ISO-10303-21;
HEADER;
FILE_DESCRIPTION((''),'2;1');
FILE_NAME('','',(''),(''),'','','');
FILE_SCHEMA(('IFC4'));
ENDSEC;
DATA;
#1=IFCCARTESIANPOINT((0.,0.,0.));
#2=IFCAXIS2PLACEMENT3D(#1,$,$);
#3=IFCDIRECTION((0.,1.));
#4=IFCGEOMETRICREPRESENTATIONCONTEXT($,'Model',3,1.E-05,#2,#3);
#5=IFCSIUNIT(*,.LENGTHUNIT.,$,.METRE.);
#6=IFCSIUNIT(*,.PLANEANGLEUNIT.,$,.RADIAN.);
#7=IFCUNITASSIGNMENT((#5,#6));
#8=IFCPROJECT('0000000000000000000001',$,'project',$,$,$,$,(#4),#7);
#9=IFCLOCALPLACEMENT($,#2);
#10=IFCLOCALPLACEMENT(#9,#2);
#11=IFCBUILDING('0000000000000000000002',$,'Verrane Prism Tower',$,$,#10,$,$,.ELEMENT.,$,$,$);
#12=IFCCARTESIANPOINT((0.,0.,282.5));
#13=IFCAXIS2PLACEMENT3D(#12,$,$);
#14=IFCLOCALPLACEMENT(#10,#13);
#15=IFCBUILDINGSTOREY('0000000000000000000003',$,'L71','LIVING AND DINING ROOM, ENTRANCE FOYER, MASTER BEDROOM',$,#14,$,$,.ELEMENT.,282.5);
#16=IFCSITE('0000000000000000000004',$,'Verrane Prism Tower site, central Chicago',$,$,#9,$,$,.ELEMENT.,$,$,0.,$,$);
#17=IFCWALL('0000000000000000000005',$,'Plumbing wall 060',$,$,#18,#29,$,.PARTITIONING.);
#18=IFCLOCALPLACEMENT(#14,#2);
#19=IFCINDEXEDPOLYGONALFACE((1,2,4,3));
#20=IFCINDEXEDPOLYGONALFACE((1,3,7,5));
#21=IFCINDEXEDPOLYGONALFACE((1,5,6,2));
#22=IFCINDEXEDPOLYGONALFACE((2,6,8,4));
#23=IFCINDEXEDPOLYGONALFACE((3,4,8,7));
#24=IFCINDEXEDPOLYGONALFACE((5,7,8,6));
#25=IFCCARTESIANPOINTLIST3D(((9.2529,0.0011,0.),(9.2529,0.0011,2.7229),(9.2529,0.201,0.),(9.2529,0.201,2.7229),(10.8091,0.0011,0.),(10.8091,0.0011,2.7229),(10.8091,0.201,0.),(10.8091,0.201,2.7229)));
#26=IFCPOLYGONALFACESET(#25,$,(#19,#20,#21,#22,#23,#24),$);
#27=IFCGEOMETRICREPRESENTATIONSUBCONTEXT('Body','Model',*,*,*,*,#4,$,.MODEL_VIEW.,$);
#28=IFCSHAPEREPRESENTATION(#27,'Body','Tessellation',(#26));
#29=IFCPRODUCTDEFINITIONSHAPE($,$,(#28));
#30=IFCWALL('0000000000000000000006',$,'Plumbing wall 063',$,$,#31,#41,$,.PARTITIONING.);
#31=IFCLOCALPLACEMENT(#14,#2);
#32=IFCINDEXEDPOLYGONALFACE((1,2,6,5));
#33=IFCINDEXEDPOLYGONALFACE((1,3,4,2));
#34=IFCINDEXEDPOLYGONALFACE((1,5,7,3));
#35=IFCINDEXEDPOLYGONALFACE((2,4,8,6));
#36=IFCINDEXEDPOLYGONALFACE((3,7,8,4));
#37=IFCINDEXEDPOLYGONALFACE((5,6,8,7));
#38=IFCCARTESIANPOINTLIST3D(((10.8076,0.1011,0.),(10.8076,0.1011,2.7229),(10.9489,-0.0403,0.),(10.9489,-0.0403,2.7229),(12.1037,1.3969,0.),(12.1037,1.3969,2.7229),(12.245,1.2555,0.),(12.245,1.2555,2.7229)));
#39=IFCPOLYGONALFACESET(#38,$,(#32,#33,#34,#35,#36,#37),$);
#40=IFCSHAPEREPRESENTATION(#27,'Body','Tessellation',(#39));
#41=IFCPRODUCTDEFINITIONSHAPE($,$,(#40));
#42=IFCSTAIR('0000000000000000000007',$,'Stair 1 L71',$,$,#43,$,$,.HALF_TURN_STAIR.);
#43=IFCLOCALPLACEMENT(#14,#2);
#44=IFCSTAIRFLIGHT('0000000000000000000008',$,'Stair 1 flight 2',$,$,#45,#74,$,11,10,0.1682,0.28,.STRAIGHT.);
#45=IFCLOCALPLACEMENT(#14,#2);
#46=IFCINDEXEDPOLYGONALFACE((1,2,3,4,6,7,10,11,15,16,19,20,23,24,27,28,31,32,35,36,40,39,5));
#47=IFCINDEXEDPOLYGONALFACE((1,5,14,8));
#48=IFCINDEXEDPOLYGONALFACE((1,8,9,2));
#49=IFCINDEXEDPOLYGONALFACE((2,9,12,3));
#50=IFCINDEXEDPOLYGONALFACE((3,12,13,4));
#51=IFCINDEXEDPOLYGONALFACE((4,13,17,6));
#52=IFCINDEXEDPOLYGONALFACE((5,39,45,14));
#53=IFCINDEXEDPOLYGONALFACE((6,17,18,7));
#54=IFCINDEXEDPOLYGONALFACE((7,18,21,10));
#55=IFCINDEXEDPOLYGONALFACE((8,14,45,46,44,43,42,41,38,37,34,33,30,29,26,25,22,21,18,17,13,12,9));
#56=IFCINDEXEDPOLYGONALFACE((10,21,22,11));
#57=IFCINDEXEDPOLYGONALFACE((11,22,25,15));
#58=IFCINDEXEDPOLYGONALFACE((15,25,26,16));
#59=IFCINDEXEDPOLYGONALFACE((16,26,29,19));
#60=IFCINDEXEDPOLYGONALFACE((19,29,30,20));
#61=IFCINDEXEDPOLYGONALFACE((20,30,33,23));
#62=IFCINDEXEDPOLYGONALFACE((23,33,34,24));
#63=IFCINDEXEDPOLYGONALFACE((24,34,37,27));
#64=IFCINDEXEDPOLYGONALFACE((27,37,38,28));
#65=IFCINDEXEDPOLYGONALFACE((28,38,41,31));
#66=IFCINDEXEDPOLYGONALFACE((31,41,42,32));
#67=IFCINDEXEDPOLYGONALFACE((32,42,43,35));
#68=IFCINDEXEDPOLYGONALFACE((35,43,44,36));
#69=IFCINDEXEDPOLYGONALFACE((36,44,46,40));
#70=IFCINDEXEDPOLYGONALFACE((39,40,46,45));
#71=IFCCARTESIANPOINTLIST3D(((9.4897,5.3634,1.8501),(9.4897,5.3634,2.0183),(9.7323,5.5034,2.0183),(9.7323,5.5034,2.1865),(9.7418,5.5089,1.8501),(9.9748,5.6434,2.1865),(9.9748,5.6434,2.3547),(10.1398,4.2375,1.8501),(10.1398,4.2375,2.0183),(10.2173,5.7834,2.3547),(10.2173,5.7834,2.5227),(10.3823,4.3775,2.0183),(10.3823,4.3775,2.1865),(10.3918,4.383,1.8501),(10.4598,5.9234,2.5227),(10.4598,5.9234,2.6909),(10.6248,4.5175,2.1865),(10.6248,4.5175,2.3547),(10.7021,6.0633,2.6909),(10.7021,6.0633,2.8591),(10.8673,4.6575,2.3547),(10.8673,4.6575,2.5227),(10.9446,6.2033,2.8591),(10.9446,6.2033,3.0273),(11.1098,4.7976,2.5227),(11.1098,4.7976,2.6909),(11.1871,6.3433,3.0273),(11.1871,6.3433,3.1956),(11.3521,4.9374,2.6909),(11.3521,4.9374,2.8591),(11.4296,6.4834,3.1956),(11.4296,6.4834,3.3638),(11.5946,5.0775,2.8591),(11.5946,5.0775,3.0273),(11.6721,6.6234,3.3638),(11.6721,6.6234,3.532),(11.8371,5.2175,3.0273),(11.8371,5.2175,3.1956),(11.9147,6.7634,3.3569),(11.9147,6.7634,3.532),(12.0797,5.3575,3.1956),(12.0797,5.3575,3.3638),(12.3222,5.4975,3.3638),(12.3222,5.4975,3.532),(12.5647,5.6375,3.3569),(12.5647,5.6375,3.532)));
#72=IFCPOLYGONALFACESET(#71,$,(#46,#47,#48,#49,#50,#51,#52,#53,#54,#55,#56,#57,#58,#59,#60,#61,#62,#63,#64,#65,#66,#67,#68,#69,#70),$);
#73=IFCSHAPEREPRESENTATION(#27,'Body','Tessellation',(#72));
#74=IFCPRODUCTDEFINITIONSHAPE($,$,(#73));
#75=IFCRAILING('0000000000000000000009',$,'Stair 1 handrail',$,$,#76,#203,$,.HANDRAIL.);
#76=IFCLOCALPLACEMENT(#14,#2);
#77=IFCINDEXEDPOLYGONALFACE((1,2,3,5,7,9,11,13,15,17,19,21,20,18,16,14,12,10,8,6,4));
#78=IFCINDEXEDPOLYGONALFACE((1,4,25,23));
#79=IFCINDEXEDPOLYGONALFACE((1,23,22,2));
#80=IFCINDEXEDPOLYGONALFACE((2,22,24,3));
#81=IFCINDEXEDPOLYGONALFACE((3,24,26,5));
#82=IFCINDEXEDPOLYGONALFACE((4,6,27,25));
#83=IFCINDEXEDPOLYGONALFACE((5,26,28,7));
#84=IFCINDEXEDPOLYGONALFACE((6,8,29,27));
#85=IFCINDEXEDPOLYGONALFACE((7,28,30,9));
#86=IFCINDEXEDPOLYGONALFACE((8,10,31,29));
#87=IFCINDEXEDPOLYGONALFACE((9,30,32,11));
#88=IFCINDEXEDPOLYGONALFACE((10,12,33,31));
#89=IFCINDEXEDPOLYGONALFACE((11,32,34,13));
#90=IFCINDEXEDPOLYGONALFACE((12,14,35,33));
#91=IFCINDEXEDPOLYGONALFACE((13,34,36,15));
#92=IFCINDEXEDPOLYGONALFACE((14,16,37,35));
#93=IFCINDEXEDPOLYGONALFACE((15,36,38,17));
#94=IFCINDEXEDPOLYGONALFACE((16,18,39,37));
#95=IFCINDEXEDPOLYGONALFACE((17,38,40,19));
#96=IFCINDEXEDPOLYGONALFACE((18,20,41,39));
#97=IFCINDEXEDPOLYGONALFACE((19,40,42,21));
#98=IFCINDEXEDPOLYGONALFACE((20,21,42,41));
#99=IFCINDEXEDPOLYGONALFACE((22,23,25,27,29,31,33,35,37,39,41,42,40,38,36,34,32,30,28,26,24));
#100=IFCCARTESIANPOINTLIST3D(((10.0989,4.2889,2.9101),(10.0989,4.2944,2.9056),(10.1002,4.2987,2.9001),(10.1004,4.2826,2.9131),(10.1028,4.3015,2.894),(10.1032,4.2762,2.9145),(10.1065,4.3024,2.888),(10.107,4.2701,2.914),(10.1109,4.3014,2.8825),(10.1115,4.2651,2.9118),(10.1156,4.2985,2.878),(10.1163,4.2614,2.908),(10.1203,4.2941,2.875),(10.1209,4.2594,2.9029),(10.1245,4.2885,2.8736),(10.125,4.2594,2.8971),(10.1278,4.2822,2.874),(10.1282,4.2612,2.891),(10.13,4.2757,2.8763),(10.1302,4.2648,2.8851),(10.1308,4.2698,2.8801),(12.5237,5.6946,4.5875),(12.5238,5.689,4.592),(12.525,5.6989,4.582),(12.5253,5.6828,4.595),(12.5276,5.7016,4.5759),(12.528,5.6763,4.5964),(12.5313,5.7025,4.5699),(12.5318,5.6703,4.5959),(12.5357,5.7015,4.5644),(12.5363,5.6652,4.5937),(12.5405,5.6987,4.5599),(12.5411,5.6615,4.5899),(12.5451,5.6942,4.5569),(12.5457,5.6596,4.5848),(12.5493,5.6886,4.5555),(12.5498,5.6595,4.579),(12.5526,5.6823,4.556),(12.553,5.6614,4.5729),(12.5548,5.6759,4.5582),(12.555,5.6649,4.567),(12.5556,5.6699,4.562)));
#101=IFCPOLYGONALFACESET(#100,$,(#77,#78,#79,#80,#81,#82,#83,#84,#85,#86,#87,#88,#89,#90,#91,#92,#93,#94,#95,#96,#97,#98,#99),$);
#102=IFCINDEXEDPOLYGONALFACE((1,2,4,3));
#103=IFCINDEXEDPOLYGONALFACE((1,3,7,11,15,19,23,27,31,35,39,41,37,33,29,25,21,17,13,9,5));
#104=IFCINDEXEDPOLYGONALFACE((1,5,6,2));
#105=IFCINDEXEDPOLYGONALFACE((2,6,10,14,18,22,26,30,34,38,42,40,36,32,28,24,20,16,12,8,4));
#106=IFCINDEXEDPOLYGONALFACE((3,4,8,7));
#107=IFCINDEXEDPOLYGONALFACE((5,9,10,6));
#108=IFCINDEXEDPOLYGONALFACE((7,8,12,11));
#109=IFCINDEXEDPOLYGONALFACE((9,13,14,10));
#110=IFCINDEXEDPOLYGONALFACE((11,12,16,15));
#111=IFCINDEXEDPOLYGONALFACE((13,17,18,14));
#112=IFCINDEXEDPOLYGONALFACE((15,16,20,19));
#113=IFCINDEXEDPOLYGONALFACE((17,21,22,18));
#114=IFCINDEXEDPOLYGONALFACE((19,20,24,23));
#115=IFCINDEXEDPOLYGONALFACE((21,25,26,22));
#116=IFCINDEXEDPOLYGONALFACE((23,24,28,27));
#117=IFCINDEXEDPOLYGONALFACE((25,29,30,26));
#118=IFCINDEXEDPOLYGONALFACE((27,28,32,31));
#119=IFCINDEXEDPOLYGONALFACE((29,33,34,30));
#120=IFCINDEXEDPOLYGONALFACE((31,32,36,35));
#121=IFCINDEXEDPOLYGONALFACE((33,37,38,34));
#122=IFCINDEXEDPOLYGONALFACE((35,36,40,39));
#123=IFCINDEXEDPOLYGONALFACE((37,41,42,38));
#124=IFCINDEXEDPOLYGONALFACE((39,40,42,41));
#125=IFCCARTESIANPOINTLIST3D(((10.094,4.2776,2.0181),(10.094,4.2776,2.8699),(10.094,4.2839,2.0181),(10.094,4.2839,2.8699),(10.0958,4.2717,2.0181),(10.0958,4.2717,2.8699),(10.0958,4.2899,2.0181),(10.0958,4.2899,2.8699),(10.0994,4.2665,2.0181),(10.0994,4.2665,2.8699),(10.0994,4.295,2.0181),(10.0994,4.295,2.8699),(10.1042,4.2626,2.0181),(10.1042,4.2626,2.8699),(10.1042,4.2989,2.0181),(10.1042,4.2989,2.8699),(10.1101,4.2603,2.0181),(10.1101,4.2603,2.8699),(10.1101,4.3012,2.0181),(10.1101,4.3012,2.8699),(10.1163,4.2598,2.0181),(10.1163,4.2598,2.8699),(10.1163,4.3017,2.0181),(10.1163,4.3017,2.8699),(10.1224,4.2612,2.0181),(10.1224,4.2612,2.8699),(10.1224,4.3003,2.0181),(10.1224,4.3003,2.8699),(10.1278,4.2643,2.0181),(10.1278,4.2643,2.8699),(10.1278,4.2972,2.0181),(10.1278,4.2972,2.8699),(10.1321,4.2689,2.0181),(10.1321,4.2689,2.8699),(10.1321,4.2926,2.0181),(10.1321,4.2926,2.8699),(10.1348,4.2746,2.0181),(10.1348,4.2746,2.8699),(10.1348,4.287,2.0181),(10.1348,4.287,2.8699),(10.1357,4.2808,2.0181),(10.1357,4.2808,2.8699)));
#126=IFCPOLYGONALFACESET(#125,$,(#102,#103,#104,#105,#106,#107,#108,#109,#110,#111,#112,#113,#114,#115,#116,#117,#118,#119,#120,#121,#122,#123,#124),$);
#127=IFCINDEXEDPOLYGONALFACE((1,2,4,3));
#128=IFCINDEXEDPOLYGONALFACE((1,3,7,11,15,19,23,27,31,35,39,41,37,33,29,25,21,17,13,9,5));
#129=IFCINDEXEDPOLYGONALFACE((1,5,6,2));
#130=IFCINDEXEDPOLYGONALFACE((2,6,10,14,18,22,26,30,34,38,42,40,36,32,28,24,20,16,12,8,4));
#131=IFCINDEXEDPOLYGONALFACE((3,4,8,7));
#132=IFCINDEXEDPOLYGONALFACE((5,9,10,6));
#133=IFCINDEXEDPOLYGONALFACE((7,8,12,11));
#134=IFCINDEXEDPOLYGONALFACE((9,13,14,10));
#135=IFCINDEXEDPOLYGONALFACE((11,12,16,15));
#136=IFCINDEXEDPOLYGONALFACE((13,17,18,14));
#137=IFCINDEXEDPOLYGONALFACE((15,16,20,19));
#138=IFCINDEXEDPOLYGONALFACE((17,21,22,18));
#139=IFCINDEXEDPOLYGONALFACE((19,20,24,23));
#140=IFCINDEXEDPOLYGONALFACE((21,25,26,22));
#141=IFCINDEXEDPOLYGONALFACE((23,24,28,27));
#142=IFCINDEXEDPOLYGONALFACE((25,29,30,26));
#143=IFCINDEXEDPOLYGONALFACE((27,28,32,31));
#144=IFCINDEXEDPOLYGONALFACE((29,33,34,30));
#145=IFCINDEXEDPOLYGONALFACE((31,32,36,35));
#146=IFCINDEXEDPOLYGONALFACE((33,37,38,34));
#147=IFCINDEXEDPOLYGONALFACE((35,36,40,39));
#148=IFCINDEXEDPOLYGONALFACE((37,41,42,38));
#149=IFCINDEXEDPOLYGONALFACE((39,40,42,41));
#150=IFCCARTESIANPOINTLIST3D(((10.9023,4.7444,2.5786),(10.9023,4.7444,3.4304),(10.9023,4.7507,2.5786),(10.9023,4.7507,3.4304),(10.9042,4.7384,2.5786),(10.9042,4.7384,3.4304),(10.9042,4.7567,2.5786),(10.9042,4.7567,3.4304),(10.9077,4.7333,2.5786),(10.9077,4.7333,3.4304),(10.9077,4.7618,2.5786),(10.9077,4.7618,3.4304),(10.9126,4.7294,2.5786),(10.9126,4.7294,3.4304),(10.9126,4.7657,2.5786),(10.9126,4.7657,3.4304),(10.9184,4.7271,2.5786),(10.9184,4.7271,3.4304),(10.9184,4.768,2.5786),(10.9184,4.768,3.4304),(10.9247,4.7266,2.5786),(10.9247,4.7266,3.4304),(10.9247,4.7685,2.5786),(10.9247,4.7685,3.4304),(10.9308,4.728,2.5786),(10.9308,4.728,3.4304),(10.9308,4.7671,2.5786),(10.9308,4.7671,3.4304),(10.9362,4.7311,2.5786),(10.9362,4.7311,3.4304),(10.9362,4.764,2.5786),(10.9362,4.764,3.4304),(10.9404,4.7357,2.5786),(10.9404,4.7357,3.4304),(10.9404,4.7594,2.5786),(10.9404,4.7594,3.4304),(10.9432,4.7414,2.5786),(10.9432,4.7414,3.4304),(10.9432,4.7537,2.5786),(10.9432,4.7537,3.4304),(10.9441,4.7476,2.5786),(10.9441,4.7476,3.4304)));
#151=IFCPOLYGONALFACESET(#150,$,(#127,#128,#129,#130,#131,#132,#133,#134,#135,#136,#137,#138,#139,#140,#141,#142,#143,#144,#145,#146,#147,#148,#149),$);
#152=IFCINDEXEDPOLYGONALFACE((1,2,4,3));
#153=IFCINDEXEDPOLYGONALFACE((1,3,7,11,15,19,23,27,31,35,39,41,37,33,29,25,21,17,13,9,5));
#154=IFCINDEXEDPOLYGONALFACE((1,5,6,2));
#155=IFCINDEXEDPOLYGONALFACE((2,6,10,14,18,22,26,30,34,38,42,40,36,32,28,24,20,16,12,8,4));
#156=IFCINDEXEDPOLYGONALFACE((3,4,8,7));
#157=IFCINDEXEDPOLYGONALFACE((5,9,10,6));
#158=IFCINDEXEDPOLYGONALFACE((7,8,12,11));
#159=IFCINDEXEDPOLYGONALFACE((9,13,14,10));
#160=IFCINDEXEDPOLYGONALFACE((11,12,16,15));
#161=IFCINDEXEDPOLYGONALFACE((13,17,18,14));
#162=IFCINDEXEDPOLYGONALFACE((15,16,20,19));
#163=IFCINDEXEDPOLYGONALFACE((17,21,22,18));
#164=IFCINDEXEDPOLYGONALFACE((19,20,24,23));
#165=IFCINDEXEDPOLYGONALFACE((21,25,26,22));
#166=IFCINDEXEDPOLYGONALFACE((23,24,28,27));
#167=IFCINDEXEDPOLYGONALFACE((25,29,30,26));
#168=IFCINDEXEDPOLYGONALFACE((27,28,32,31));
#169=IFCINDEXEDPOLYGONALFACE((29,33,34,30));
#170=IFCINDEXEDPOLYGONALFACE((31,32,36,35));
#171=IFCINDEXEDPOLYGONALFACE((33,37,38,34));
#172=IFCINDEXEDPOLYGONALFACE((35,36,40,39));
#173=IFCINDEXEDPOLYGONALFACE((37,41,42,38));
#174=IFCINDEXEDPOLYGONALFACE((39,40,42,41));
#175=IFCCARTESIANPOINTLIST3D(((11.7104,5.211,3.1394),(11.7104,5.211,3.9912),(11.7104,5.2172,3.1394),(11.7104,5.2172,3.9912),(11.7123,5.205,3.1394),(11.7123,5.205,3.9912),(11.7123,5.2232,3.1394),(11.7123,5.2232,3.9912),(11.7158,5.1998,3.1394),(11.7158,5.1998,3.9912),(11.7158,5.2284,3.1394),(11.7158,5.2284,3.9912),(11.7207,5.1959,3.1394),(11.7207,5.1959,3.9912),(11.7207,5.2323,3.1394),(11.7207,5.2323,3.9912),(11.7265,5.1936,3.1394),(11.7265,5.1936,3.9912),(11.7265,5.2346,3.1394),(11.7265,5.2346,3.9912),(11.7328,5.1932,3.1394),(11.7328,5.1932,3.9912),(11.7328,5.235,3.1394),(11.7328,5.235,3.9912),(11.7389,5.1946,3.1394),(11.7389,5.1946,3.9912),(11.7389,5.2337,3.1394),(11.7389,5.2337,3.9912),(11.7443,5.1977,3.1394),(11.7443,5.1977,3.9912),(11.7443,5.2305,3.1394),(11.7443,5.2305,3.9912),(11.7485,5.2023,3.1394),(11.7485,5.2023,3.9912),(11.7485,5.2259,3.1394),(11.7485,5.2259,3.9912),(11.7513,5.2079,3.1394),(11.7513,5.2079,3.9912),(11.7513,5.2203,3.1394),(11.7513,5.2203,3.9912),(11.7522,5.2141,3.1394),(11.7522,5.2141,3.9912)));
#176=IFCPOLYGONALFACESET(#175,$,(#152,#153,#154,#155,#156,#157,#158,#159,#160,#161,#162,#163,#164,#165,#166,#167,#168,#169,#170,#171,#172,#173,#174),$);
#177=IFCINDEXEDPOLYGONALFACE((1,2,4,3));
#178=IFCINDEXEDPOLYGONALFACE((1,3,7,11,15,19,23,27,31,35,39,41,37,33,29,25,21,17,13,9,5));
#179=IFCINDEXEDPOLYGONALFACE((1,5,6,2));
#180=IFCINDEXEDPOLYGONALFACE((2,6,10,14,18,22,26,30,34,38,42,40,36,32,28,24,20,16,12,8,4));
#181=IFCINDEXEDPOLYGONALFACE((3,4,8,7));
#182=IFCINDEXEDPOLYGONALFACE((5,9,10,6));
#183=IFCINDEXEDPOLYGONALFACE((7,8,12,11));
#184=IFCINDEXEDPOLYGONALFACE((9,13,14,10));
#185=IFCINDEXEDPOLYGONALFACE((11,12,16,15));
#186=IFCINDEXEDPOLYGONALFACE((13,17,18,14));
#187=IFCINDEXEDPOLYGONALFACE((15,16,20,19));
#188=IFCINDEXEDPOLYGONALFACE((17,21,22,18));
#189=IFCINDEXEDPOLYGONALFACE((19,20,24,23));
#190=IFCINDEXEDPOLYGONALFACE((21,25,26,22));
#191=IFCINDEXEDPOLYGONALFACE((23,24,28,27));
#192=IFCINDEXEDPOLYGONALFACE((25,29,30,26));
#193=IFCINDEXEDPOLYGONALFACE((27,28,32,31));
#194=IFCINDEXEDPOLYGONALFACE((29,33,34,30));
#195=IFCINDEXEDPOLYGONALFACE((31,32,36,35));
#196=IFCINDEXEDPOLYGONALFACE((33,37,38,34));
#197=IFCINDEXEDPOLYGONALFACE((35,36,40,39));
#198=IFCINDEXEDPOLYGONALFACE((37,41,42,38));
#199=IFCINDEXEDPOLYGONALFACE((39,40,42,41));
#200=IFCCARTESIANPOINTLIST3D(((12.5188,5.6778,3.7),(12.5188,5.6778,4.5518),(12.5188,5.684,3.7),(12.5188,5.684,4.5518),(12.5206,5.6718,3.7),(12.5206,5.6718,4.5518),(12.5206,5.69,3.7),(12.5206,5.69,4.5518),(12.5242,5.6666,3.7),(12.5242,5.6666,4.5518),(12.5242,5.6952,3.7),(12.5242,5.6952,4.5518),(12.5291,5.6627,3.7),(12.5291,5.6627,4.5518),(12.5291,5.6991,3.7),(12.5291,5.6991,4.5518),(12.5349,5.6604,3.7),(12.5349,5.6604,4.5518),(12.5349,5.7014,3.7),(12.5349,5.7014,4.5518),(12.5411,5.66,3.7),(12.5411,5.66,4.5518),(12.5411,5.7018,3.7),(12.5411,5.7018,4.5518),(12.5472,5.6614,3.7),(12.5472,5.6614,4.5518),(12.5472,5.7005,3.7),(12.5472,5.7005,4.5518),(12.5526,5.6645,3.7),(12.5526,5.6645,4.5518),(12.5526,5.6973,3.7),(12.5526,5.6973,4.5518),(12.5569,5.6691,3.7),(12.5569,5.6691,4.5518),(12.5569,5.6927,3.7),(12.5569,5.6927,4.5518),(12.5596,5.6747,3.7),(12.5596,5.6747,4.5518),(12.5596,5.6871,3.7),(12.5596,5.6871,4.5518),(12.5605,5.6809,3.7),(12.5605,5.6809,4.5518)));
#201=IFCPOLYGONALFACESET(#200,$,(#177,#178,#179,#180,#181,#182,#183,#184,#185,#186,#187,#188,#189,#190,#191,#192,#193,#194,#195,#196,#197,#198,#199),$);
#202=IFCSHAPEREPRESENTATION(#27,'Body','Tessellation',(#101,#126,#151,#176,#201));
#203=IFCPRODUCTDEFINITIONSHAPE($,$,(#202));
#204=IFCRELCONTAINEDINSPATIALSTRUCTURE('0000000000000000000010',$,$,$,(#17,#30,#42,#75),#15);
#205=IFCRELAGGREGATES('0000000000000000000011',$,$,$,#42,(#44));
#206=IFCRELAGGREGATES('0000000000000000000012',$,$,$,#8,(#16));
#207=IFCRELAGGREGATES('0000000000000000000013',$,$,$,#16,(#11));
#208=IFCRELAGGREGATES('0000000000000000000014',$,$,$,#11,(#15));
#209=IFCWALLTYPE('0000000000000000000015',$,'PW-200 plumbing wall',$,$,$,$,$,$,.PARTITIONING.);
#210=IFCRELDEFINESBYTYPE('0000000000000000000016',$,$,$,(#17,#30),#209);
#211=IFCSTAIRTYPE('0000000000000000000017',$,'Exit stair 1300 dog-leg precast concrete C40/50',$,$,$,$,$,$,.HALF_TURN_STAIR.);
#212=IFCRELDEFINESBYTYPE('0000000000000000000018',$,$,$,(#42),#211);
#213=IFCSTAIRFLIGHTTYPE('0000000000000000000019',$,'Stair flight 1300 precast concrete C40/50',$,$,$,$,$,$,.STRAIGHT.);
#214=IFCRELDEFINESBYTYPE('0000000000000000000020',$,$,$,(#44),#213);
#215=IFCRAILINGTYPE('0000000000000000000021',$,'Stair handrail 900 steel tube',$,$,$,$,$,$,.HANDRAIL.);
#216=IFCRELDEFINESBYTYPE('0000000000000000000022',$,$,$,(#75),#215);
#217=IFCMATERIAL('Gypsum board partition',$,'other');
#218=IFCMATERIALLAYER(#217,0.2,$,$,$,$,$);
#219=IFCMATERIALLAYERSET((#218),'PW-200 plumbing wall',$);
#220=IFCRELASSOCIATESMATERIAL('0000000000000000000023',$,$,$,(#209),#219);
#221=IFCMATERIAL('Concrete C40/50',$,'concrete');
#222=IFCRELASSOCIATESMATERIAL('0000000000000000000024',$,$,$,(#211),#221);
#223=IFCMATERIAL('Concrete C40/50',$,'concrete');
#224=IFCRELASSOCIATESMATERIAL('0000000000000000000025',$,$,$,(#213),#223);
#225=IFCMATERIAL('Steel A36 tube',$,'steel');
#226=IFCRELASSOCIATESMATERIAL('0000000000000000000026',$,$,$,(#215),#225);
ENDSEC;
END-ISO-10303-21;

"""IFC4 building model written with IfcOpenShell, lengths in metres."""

from ifc_helpers import new_model, si_unit, direction, frame, frame_2d, origin, origin_2d, place, context, subcontext, project, spatial, polyline, rectangle, circle, outline, extrude, material, layer, layer_set, type_object, element, aggregate, save


model = new_model("IFC4")

# Units and contexts
model_context = context("Model", 3, precision=1e-05, world=origin(), true_north=direction((0.0, 1.0)))
body_context = subcontext(model_context, "Body", "Model", "MODEL_VIEW")
ifc_project = project(units=[si_unit("LENGTHUNIT", "METRE"), si_unit("PLANEANGLEUNIT", "RADIAN")], contexts=[model_context])

# Site, building, storey
site_placement = place(None, origin())
site = spatial("IfcSite", under=ifc_project, at=site_placement, Name="Verrane Prism Tower site, central Chicago", CompositionType="ELEMENT", RefElevation=0.0)
building_placement = place(site_placement, origin())
building = spatial("IfcBuilding", under=site, at=building_placement, Name="Verrane Prism Tower", CompositionType="ELEMENT")
storey_placement = place(building_placement, frame((0.0, 0.0, 282.5)))
storey = spatial("IfcBuildingStorey", under=building, at=storey_placement, Name="L71", Description="LIVING AND DINING ROOM, ENTRANCE FOYER, MASTER BEDROOM", CompositionType="ELEMENT", Elevation=282.5)

# Walls
ifc_material_1 = material(Name="Gypsum board partition", Category="other")
ifc_layer_1 = layer(ifc_material_1, 0.2)
ifc_layer_set_1 = layer_set([ifc_layer_1], Name="PW-200 plumbing wall")
wall_type_1 = type_object("IfcWallType", Name="PW-200 plumbing wall", PredefinedType="PARTITIONING", material=ifc_layer_set_1)
wall_1_placement = place(storey_placement, frame((9.2529, 0.1011, 0.0), z_axis=(0.0, 0.0, 1.0), x_axis=(1.0, 0.0, 0.0)))
element("IfcWall", 1, at=wall_1_placement, inside=storey, type_object=wall_type_1, Name="Plumbing wall 060", PredefinedType="PARTITIONING", context=body_context, shape_type="SweptSolid", body=[
    extrude(rectangle(XDim=1.5562, YDim=0.2, at=frame_2d((0.7781, 0.0))), origin(), (0.0, 0.0, 1.0), 2.7229),
])
wall_2_placement = place(storey_placement, frame((10.8782, 0.0303, 0.0), z_axis=(0.0, 0.0, 1.0), x_axis=(0.707173, 0.70704, 0.0)))
element("IfcWall", 2, at=wall_2_placement, inside=storey, type_object=wall_type_1, Name="Plumbing wall 063", PredefinedType="PARTITIONING", context=body_context, shape_type="SweptSolid", body=[
    extrude(rectangle(XDim=1.8328, YDim=0.2, at=frame_2d((0.9165, 0.0))), origin(), (0.0, 0.0, 1.0), 2.7229),
])

# Stair, stair flight
ifc_material_2 = material(Name="Concrete C40/50", Category="concrete")
stair_type = type_object("IfcStairType", Name="Exit stair 1300 dog-leg precast concrete C40/50", PredefinedType="HALF_TURN_STAIR", material=ifc_material_2)
stair_placement = place(storey_placement, origin())
stair = element("IfcStair", 3, at=stair_placement, inside=storey, type_object=stair_type, Name="Stair 1 L71", PredefinedType="HALF_TURN_STAIR")
ifc_material_3 = material(Name="Concrete C40/50", Category="concrete")
stair_flight_type = type_object("IfcStairFlightType", Name="Stair flight 1300 precast concrete C40/50", PredefinedType="STRAIGHT", material=ifc_material_3)
stair_flight_placement = place(storey_placement, frame((9.8147, 4.8005, 1.8501), z_axis=(0.0, 0.0, 1.0), x_axis=(0.866025, 0.5, 0.0)))
stair_flight = element("IfcStairFlight", 4, at=stair_flight_placement, type_object=stair_flight_type, Name="Stair 1 flight 2", NumberOfRisers=11, NumberOfTreads=10, PredefinedType="STRAIGHT", RiserHeight=0.1682, TreadLength=0.28, context=body_context, shape_type="SweptSolid", body=[
    extrude(outline(polyline([(0.0, 0.0), (0.0, 0.1682), (0.28, 0.1682), (0.28, 0.3364), (0.5601, 0.3364), (0.5601, 0.5046), (0.8401, 0.5046), (0.8401, 0.6726), (1.1201, 0.6726), (1.1201, 0.8408), (1.3999, 0.8408), (1.3999, 1.009), (1.6799, 1.009), (1.6799, 1.1772), (1.96, 1.1772), (1.96, 1.3455), (2.24, 1.3455), (2.24, 1.5137), (2.52, 1.5137), (2.52, 1.6819), (2.8, 1.6819), (2.8, 1.8501), (2.8, 1.5068), (0.291, 0.0), (0.0, 0.0)])), frame((0.0, 0.6499, 0.0), z_axis=(0.0, -1.0, 0.0), x_axis=(1.0, 0.0, 0.0)), (0.0, 0.0, 1.0), 1.3),
])
aggregate(stair, [stair_flight])

# Railing
ifc_material_4 = material(Name="Steel A36 tube", Category="steel")
railing_type = type_object("IfcRailingType", Name="Stair handrail 900 steel tube", PredefinedType="HANDRAIL", material=ifc_material_4)
railing_placement = place(storey_placement, frame((10.1147, 4.2808, 2.0181)))
element("IfcRailing", 5, at=railing_placement, inside=storey, type_object=railing_type, Name="Stair 1 handrail", PredefinedType="HANDRAIL", context=body_context, shape_type="SweptSolid", body=[
    extrude(circle(Radius=0.0239, at=origin_2d()), frame((0.0, 0.0, 0.876), z_axis=(0.742367, 0.428662, 0.514918), x_axis=(-0.50005, 0.865997, 0.0)), (0.0, 0.0, 1.0), 3.2664),
    extrude(circle(Radius=0.021, at=origin_2d()), origin(), (0.0, 0.0, 1.0), 0.8518),
    extrude(circle(Radius=0.021, at=origin_2d()), frame((0.8083, 0.4668, 0.5605)), (0.0, 0.0, 1.0), 0.8518),
    extrude(circle(Radius=0.021, at=origin_2d()), frame((1.6165, 0.9333, 1.1213)), (0.0, 0.0, 1.0), 0.8518),
    extrude(circle(Radius=0.021, at=origin_2d()), frame((2.4248, 1.4001, 1.6819)), (0.0, 0.0, 1.0), 0.8518),
])

save(model, "model.ifc")
